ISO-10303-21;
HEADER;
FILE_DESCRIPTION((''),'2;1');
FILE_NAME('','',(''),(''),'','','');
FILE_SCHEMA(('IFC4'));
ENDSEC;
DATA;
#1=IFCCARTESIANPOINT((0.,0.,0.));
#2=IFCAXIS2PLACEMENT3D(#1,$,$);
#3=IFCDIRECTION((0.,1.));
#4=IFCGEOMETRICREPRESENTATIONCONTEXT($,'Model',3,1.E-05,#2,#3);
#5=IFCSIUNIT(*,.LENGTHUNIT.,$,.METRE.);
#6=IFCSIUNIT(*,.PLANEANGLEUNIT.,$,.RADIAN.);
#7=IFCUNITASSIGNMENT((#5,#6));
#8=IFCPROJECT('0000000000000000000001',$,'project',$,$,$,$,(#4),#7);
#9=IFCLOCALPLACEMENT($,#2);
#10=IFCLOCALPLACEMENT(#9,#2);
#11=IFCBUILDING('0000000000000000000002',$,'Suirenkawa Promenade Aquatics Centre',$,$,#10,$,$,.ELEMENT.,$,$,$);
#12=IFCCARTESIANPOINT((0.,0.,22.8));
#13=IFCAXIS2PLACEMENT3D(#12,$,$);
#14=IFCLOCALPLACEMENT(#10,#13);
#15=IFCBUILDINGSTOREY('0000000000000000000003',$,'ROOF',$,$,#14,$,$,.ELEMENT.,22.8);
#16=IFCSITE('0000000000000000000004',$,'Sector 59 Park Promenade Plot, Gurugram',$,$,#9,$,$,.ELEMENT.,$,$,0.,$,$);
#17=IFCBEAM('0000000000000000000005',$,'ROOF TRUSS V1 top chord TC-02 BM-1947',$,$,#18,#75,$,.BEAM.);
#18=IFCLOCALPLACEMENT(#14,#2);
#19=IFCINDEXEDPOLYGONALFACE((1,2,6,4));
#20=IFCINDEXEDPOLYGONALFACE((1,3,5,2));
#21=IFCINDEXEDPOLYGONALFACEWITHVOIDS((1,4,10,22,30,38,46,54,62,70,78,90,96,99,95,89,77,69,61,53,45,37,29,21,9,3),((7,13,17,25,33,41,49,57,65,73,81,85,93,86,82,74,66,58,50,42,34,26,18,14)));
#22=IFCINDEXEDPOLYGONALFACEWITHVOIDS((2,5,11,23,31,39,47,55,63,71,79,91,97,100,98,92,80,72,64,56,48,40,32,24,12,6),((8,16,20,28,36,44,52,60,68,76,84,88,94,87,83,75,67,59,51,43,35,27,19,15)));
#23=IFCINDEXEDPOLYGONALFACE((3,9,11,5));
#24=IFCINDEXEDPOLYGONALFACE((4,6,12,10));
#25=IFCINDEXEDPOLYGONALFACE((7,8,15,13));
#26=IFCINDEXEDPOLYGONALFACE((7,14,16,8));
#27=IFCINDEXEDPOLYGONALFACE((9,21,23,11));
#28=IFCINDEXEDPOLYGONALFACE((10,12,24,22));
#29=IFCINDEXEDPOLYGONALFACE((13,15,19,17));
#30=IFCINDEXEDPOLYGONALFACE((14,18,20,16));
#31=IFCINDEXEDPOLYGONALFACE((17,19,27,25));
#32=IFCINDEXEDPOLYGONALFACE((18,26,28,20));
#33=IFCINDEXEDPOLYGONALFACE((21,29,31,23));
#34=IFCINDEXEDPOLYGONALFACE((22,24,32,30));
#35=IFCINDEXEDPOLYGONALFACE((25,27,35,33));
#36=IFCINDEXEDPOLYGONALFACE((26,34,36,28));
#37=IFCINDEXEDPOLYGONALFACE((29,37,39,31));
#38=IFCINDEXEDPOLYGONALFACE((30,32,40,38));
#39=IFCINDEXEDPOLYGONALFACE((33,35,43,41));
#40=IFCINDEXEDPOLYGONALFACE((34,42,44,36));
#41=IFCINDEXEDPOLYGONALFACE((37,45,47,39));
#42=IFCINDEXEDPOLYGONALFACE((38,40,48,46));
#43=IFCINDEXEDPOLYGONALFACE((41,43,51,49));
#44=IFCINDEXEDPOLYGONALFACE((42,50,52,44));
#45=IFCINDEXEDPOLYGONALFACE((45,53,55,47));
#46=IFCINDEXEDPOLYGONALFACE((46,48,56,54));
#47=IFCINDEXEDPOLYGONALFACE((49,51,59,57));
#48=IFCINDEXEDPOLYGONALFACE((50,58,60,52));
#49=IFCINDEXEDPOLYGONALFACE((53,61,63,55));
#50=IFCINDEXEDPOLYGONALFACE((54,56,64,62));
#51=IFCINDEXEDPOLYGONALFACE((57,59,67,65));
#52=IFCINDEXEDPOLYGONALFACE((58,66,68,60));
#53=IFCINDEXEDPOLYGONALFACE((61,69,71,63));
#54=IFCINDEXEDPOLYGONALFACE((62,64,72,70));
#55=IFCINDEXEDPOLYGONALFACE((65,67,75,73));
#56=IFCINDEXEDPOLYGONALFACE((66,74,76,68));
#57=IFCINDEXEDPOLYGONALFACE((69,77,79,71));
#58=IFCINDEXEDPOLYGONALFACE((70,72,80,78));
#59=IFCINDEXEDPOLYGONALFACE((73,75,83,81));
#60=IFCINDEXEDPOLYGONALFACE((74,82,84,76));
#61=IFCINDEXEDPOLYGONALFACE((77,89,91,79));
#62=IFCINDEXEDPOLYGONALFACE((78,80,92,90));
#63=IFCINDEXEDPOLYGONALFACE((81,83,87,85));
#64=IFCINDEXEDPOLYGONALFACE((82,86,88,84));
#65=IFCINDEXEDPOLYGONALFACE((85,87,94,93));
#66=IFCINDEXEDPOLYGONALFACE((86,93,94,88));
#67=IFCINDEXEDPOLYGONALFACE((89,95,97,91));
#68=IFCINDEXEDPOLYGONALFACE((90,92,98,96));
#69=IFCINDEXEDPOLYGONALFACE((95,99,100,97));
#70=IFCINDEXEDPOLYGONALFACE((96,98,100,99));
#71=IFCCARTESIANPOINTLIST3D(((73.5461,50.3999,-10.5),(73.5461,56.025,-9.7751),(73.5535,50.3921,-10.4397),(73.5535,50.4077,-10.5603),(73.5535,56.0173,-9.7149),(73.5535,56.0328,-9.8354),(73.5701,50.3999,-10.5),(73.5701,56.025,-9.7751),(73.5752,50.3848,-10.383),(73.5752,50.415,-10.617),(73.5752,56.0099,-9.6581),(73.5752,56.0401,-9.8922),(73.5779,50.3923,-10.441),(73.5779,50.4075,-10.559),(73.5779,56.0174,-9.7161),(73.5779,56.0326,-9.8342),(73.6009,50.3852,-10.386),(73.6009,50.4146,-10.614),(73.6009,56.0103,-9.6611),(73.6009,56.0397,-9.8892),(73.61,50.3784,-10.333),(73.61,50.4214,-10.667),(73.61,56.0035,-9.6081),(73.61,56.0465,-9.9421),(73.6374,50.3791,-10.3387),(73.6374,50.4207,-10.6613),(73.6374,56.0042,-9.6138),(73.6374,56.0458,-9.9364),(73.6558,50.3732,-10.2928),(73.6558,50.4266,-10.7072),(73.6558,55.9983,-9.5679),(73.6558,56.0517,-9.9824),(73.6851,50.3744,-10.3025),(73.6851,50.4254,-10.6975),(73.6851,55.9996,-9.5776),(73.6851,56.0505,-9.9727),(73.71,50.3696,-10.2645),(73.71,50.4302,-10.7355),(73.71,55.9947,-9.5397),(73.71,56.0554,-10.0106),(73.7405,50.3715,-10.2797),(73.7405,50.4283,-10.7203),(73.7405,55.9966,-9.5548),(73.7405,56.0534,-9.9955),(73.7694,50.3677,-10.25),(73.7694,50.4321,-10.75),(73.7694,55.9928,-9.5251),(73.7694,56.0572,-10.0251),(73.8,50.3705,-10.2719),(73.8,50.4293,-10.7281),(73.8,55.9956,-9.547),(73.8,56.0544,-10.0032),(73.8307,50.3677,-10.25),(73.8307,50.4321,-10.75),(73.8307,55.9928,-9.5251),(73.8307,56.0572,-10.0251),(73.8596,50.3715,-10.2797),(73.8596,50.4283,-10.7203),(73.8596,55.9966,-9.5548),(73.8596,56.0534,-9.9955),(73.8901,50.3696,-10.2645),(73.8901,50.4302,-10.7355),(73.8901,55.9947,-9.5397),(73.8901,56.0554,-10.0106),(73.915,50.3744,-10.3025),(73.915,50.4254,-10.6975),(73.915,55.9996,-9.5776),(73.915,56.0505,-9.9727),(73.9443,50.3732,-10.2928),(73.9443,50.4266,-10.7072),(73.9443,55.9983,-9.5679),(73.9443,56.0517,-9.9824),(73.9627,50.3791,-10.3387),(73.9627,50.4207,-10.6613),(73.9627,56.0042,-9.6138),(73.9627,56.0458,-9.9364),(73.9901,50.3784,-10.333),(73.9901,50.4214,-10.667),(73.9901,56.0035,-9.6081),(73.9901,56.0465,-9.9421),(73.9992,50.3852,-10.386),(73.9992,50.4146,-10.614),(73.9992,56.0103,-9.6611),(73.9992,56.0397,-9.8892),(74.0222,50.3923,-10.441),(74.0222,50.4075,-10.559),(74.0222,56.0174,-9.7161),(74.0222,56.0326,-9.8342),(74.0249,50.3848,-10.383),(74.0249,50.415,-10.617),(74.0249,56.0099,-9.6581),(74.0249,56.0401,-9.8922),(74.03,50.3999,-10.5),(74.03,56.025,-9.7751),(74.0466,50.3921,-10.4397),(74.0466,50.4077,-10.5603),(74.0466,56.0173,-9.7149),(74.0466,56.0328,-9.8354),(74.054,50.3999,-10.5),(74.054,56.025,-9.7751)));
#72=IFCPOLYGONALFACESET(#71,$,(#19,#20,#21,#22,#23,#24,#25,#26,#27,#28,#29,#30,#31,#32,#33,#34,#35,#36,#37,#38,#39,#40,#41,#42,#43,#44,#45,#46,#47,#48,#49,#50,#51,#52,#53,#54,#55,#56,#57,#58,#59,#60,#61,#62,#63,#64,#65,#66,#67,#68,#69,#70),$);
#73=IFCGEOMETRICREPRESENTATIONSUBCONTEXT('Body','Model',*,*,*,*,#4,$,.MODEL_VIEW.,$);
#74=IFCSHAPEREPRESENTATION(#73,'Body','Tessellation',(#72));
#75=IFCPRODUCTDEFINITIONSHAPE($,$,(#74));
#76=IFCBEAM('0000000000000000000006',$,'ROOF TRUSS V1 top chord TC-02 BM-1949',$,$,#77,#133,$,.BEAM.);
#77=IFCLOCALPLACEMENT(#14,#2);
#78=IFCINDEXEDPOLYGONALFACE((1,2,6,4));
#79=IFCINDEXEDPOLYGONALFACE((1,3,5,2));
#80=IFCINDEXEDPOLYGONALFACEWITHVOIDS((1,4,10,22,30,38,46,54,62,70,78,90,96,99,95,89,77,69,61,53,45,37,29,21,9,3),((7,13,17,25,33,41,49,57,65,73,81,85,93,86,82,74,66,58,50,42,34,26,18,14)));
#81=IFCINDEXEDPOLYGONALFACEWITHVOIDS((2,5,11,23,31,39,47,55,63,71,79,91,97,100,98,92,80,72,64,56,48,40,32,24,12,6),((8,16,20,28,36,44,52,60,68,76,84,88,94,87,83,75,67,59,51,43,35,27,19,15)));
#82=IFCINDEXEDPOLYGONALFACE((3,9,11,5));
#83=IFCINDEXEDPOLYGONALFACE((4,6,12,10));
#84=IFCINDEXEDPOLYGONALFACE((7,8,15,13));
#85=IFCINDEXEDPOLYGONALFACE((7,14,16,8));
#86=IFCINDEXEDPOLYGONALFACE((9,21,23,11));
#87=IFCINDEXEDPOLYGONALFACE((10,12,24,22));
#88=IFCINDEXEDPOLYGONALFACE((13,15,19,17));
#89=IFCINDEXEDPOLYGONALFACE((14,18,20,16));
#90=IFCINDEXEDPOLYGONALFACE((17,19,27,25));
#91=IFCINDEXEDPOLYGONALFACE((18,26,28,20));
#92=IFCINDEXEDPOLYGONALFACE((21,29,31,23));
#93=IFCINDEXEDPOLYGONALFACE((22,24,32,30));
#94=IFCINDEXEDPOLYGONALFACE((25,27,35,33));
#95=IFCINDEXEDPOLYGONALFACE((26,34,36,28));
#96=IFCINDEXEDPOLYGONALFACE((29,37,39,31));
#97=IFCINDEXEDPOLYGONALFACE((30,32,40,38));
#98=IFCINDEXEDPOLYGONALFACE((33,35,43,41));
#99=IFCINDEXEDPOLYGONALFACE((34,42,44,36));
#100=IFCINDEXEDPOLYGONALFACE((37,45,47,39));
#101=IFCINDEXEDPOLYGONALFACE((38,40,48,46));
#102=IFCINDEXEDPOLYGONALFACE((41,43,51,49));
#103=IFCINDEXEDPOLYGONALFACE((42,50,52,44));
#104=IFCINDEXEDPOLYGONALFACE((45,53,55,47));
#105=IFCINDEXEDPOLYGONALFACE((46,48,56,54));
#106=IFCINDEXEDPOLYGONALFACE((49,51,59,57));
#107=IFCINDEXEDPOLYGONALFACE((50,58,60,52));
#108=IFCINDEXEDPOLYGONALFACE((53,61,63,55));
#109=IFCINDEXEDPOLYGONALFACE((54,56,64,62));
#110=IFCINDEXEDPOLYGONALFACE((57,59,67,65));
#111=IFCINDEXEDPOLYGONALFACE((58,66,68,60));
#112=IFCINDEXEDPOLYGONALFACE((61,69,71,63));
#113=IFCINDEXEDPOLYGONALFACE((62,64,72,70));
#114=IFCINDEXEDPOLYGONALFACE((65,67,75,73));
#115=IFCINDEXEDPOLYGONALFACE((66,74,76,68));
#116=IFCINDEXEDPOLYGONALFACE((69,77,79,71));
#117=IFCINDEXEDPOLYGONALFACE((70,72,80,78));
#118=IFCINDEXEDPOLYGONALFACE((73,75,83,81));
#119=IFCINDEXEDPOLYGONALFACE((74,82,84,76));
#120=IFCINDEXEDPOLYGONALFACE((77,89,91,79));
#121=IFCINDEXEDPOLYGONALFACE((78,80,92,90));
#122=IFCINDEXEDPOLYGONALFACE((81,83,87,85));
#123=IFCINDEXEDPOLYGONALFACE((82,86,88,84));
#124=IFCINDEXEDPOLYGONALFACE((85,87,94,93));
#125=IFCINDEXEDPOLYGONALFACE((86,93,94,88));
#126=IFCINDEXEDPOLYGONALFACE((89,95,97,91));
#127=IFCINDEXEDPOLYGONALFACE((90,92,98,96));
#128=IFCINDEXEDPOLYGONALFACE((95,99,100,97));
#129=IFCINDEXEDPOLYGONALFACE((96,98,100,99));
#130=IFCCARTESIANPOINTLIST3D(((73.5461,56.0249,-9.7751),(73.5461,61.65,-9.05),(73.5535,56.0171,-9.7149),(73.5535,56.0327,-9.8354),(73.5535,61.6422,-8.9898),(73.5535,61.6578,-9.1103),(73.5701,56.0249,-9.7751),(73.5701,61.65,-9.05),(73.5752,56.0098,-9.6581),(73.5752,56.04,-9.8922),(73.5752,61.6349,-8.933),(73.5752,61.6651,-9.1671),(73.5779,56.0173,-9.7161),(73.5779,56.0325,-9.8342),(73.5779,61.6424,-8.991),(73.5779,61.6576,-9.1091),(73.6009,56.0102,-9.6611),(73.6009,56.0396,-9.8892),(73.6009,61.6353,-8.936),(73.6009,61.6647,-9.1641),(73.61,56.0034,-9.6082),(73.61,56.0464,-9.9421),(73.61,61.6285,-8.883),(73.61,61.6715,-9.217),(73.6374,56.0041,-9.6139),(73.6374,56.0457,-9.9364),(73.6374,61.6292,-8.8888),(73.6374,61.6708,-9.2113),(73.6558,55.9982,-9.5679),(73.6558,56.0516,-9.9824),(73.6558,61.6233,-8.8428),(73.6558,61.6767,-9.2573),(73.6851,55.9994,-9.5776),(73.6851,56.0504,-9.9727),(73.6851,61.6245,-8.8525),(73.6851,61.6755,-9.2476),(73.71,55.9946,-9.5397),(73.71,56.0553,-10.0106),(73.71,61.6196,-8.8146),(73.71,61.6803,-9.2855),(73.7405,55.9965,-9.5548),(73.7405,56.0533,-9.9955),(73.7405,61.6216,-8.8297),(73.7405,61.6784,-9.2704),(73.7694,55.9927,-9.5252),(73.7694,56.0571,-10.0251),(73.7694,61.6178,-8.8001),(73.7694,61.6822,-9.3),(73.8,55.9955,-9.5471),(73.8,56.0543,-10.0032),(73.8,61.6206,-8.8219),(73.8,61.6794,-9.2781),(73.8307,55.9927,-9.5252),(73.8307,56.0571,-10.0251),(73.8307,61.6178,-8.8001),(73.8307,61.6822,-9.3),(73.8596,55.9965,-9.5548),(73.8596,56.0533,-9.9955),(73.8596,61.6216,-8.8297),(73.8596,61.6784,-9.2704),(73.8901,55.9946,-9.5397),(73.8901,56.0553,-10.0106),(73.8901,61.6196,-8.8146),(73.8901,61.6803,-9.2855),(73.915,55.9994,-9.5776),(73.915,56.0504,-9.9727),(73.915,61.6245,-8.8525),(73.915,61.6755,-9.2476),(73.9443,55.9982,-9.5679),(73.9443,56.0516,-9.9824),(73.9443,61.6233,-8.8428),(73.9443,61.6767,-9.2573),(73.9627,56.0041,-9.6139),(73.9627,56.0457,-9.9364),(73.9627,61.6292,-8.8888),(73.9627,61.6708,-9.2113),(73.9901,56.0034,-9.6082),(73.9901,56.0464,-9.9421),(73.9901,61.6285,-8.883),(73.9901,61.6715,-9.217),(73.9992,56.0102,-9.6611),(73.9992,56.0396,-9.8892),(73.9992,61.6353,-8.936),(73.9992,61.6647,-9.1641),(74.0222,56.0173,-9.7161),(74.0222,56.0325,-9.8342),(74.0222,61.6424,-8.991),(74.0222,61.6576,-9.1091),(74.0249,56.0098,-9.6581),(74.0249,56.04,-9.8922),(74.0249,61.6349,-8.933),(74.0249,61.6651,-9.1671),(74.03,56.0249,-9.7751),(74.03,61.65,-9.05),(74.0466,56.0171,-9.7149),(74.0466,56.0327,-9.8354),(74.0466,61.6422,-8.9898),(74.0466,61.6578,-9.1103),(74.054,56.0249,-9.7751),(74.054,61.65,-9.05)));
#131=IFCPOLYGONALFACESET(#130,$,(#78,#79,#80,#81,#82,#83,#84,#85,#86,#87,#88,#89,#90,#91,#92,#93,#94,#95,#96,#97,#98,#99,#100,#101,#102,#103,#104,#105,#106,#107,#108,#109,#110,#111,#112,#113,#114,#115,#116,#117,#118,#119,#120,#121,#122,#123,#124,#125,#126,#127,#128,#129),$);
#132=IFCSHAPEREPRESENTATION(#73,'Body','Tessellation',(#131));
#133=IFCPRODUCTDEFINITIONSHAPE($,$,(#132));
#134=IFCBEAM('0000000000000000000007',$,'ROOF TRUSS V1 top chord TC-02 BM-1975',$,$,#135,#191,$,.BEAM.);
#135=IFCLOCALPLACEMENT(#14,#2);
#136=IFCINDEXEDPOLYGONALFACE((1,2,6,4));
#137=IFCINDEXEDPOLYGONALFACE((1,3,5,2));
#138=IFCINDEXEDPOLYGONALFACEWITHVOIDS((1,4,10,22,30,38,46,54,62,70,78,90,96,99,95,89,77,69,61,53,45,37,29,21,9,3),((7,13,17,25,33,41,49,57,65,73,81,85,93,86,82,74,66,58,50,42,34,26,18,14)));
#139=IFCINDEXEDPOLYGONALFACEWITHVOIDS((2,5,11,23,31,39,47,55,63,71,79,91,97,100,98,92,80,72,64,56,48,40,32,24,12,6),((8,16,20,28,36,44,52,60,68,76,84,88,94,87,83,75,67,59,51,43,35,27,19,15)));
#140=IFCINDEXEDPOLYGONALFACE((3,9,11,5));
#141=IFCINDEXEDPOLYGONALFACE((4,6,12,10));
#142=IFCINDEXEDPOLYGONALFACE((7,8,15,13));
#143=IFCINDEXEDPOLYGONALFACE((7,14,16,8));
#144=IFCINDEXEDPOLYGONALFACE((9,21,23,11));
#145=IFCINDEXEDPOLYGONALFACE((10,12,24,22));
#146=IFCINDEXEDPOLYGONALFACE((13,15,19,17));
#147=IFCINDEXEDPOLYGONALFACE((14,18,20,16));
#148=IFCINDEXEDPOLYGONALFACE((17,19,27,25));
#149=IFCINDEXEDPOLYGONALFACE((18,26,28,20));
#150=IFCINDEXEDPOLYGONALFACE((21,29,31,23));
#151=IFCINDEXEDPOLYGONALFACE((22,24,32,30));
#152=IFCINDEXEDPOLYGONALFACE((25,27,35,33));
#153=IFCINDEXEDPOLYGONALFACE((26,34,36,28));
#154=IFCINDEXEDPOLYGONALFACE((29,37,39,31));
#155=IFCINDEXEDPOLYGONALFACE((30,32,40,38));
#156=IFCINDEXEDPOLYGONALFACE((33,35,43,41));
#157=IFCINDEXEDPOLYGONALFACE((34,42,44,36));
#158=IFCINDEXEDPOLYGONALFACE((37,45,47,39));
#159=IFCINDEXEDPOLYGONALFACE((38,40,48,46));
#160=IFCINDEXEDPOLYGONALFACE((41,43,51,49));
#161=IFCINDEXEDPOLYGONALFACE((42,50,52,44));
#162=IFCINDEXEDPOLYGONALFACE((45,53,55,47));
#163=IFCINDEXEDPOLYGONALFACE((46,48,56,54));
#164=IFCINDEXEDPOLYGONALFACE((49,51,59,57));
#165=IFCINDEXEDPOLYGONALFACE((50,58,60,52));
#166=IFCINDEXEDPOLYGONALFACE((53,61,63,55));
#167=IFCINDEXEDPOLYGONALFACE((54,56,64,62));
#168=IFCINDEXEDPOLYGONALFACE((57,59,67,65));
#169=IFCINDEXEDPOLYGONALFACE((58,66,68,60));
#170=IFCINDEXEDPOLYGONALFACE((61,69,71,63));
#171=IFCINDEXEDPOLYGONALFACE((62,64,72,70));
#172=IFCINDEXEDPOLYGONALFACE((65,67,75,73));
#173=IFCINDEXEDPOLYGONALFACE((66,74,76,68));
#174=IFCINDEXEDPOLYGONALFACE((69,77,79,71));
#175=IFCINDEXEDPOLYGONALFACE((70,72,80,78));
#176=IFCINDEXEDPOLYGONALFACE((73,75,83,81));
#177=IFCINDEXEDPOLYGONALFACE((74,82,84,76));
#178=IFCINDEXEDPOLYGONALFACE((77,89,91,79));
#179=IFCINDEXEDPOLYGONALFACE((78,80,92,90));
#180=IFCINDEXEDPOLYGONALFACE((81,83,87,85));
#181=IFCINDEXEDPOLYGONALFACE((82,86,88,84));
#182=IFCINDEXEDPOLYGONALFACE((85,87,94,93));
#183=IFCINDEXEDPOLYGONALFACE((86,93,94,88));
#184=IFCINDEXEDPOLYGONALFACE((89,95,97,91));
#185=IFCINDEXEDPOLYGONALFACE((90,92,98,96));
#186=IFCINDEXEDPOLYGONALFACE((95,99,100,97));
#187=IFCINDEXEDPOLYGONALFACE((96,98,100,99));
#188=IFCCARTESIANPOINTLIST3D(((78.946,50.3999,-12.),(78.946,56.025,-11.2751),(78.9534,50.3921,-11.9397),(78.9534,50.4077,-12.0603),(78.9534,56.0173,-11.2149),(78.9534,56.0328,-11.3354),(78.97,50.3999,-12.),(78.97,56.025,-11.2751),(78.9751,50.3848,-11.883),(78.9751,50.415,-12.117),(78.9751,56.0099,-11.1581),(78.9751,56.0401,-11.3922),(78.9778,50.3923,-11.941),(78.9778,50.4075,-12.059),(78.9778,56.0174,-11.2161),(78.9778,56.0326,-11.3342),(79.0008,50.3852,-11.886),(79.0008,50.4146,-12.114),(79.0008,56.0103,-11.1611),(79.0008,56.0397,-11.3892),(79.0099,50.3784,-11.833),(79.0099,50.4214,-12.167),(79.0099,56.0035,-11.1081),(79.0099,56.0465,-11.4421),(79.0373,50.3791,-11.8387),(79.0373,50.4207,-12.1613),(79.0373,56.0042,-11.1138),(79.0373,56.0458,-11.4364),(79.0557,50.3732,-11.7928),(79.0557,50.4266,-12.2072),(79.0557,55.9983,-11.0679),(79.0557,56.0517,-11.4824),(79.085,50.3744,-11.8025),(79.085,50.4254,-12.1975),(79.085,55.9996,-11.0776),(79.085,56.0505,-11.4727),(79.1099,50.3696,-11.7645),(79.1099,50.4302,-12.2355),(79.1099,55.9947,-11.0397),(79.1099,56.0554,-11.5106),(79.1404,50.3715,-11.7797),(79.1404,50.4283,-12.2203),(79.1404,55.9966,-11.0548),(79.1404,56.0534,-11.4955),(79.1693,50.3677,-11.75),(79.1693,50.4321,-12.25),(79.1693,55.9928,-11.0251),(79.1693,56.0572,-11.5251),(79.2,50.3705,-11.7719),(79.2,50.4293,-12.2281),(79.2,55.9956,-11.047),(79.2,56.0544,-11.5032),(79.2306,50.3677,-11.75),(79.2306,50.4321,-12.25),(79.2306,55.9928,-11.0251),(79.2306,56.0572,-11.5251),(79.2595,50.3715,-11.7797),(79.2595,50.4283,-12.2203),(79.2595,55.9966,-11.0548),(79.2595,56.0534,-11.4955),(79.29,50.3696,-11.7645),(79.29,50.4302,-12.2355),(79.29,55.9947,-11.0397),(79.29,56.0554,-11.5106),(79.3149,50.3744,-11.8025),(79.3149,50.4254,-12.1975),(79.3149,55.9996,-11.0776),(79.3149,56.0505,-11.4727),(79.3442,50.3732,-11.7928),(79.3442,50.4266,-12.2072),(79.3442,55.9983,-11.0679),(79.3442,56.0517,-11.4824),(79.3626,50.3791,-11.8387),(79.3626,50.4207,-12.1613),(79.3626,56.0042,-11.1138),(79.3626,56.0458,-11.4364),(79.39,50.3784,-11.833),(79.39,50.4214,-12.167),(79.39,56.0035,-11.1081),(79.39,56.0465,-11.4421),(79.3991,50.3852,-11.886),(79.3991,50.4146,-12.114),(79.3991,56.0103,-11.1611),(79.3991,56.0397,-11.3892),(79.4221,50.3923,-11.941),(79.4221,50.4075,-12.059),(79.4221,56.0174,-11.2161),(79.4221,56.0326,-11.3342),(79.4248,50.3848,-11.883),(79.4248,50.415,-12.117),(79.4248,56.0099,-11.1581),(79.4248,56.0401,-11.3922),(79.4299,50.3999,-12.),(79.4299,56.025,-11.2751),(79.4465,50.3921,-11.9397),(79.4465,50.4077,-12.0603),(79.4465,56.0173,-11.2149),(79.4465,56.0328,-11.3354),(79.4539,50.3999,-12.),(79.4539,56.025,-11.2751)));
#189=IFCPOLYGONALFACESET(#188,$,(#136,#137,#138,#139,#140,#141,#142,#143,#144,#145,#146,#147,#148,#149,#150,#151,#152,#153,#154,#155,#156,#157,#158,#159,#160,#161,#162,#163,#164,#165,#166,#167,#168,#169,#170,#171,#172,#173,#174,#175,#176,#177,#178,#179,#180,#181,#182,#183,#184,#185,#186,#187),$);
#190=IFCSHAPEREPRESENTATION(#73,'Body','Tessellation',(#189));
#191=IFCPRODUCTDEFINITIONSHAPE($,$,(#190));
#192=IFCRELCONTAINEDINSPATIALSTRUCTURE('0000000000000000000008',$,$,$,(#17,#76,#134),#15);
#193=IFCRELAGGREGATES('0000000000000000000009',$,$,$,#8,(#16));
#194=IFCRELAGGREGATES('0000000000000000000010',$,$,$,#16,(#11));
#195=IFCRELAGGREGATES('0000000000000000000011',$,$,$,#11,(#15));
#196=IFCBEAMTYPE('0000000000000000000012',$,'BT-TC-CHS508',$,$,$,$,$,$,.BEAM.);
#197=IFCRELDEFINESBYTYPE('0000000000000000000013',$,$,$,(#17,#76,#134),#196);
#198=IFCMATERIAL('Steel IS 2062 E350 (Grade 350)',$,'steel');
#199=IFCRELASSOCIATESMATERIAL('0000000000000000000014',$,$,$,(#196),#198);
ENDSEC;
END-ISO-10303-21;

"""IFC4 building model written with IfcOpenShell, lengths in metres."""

from ifc_helpers import new_model, si_unit, direction, frame, origin, origin_2d, place, context, subcontext, project, spatial, hollow_circle, extrude, material, material_profile, profile_set, type_object, element, save


model = new_model("IFC4")

# Units and contexts
model_context = context("Model", 3, precision=1e-05, world=origin(), true_north=direction((0.0, 1.0)))
body_context = subcontext(model_context, "Body", "Model", "MODEL_VIEW")
ifc_project = project(units=[si_unit("LENGTHUNIT", "METRE"), si_unit("PLANEANGLEUNIT", "RADIAN")], contexts=[model_context])

# Site, building, storey
site_placement = place(None, origin())
site = spatial("IfcSite", under=ifc_project, at=site_placement, Name="Sector 59 Park Promenade Plot, Gurugram", CompositionType="ELEMENT", RefElevation=0.0)
building_placement = place(site_placement, origin())
building = spatial("IfcBuilding", under=site, at=building_placement, Name="Suirenkawa Promenade Aquatics Centre", CompositionType="ELEMENT")
storey_placement = place(building_placement, frame((0.0, 0.0, 22.8)))
storey = spatial("IfcBuildingStorey", under=building, at=storey_placement, Name="ROOF", CompositionType="ELEMENT", Elevation=22.8)

# Beams
ifc_material_1 = material(Name="Steel IS 2062 E350 (Grade 350)", Category="steel")
ifc_material_profile_1 = material_profile(ifc_material_1, hollow_circle(Radius=0.2539, WallThickness=0.0239, at=origin_2d()), Name="CHS 508x24", Category="steel")
ifc_profile_set_1 = profile_set([ifc_material_profile_1], Name="Steel IS 2062 E350 (Grade 350)")
beam_type_1 = type_object("IfcBeamType", Name="BT-TC-CHS508", PredefinedType="BEAM", material=ifc_profile_set_1)
for number, where, z_axis, x_axis, name in (
    (1, (73.8, 50.3999, -10.5), (0.0, 0.991799, 0.127806), (-1.0, 0.0, 0.0), "ROOF TRUSS V1 top chord TC-02 BM-1947"),
    (2, (73.8, 56.0249, -9.7751), (0.0, 0.991794, 0.127848), (-1.0, 0.0, 0.0), "ROOF TRUSS V1 top chord TC-02 BM-1949"),
    (3, (79.2, 50.3999, -12.0), (0.0, 0.991799, 0.127806), (-1.0, 0.0, 0.0), "ROOF TRUSS V1 top chord TC-02 BM-1975"),
):
    element("IfcBeam", number, at=place(storey_placement, frame(where, z_axis=z_axis, x_axis=x_axis)), inside=storey, type_object=beam_type_1, Name=name, PredefinedType="BEAM", context=body_context, shape_type="SweptSolid", body=[
        extrude(hollow_circle(Radius=0.2539, WallThickness=0.0239, at=origin_2d()), origin(), (0.0, 0.0, 1.0), 5.6716),
    ])

save(model, "model.ifc")
